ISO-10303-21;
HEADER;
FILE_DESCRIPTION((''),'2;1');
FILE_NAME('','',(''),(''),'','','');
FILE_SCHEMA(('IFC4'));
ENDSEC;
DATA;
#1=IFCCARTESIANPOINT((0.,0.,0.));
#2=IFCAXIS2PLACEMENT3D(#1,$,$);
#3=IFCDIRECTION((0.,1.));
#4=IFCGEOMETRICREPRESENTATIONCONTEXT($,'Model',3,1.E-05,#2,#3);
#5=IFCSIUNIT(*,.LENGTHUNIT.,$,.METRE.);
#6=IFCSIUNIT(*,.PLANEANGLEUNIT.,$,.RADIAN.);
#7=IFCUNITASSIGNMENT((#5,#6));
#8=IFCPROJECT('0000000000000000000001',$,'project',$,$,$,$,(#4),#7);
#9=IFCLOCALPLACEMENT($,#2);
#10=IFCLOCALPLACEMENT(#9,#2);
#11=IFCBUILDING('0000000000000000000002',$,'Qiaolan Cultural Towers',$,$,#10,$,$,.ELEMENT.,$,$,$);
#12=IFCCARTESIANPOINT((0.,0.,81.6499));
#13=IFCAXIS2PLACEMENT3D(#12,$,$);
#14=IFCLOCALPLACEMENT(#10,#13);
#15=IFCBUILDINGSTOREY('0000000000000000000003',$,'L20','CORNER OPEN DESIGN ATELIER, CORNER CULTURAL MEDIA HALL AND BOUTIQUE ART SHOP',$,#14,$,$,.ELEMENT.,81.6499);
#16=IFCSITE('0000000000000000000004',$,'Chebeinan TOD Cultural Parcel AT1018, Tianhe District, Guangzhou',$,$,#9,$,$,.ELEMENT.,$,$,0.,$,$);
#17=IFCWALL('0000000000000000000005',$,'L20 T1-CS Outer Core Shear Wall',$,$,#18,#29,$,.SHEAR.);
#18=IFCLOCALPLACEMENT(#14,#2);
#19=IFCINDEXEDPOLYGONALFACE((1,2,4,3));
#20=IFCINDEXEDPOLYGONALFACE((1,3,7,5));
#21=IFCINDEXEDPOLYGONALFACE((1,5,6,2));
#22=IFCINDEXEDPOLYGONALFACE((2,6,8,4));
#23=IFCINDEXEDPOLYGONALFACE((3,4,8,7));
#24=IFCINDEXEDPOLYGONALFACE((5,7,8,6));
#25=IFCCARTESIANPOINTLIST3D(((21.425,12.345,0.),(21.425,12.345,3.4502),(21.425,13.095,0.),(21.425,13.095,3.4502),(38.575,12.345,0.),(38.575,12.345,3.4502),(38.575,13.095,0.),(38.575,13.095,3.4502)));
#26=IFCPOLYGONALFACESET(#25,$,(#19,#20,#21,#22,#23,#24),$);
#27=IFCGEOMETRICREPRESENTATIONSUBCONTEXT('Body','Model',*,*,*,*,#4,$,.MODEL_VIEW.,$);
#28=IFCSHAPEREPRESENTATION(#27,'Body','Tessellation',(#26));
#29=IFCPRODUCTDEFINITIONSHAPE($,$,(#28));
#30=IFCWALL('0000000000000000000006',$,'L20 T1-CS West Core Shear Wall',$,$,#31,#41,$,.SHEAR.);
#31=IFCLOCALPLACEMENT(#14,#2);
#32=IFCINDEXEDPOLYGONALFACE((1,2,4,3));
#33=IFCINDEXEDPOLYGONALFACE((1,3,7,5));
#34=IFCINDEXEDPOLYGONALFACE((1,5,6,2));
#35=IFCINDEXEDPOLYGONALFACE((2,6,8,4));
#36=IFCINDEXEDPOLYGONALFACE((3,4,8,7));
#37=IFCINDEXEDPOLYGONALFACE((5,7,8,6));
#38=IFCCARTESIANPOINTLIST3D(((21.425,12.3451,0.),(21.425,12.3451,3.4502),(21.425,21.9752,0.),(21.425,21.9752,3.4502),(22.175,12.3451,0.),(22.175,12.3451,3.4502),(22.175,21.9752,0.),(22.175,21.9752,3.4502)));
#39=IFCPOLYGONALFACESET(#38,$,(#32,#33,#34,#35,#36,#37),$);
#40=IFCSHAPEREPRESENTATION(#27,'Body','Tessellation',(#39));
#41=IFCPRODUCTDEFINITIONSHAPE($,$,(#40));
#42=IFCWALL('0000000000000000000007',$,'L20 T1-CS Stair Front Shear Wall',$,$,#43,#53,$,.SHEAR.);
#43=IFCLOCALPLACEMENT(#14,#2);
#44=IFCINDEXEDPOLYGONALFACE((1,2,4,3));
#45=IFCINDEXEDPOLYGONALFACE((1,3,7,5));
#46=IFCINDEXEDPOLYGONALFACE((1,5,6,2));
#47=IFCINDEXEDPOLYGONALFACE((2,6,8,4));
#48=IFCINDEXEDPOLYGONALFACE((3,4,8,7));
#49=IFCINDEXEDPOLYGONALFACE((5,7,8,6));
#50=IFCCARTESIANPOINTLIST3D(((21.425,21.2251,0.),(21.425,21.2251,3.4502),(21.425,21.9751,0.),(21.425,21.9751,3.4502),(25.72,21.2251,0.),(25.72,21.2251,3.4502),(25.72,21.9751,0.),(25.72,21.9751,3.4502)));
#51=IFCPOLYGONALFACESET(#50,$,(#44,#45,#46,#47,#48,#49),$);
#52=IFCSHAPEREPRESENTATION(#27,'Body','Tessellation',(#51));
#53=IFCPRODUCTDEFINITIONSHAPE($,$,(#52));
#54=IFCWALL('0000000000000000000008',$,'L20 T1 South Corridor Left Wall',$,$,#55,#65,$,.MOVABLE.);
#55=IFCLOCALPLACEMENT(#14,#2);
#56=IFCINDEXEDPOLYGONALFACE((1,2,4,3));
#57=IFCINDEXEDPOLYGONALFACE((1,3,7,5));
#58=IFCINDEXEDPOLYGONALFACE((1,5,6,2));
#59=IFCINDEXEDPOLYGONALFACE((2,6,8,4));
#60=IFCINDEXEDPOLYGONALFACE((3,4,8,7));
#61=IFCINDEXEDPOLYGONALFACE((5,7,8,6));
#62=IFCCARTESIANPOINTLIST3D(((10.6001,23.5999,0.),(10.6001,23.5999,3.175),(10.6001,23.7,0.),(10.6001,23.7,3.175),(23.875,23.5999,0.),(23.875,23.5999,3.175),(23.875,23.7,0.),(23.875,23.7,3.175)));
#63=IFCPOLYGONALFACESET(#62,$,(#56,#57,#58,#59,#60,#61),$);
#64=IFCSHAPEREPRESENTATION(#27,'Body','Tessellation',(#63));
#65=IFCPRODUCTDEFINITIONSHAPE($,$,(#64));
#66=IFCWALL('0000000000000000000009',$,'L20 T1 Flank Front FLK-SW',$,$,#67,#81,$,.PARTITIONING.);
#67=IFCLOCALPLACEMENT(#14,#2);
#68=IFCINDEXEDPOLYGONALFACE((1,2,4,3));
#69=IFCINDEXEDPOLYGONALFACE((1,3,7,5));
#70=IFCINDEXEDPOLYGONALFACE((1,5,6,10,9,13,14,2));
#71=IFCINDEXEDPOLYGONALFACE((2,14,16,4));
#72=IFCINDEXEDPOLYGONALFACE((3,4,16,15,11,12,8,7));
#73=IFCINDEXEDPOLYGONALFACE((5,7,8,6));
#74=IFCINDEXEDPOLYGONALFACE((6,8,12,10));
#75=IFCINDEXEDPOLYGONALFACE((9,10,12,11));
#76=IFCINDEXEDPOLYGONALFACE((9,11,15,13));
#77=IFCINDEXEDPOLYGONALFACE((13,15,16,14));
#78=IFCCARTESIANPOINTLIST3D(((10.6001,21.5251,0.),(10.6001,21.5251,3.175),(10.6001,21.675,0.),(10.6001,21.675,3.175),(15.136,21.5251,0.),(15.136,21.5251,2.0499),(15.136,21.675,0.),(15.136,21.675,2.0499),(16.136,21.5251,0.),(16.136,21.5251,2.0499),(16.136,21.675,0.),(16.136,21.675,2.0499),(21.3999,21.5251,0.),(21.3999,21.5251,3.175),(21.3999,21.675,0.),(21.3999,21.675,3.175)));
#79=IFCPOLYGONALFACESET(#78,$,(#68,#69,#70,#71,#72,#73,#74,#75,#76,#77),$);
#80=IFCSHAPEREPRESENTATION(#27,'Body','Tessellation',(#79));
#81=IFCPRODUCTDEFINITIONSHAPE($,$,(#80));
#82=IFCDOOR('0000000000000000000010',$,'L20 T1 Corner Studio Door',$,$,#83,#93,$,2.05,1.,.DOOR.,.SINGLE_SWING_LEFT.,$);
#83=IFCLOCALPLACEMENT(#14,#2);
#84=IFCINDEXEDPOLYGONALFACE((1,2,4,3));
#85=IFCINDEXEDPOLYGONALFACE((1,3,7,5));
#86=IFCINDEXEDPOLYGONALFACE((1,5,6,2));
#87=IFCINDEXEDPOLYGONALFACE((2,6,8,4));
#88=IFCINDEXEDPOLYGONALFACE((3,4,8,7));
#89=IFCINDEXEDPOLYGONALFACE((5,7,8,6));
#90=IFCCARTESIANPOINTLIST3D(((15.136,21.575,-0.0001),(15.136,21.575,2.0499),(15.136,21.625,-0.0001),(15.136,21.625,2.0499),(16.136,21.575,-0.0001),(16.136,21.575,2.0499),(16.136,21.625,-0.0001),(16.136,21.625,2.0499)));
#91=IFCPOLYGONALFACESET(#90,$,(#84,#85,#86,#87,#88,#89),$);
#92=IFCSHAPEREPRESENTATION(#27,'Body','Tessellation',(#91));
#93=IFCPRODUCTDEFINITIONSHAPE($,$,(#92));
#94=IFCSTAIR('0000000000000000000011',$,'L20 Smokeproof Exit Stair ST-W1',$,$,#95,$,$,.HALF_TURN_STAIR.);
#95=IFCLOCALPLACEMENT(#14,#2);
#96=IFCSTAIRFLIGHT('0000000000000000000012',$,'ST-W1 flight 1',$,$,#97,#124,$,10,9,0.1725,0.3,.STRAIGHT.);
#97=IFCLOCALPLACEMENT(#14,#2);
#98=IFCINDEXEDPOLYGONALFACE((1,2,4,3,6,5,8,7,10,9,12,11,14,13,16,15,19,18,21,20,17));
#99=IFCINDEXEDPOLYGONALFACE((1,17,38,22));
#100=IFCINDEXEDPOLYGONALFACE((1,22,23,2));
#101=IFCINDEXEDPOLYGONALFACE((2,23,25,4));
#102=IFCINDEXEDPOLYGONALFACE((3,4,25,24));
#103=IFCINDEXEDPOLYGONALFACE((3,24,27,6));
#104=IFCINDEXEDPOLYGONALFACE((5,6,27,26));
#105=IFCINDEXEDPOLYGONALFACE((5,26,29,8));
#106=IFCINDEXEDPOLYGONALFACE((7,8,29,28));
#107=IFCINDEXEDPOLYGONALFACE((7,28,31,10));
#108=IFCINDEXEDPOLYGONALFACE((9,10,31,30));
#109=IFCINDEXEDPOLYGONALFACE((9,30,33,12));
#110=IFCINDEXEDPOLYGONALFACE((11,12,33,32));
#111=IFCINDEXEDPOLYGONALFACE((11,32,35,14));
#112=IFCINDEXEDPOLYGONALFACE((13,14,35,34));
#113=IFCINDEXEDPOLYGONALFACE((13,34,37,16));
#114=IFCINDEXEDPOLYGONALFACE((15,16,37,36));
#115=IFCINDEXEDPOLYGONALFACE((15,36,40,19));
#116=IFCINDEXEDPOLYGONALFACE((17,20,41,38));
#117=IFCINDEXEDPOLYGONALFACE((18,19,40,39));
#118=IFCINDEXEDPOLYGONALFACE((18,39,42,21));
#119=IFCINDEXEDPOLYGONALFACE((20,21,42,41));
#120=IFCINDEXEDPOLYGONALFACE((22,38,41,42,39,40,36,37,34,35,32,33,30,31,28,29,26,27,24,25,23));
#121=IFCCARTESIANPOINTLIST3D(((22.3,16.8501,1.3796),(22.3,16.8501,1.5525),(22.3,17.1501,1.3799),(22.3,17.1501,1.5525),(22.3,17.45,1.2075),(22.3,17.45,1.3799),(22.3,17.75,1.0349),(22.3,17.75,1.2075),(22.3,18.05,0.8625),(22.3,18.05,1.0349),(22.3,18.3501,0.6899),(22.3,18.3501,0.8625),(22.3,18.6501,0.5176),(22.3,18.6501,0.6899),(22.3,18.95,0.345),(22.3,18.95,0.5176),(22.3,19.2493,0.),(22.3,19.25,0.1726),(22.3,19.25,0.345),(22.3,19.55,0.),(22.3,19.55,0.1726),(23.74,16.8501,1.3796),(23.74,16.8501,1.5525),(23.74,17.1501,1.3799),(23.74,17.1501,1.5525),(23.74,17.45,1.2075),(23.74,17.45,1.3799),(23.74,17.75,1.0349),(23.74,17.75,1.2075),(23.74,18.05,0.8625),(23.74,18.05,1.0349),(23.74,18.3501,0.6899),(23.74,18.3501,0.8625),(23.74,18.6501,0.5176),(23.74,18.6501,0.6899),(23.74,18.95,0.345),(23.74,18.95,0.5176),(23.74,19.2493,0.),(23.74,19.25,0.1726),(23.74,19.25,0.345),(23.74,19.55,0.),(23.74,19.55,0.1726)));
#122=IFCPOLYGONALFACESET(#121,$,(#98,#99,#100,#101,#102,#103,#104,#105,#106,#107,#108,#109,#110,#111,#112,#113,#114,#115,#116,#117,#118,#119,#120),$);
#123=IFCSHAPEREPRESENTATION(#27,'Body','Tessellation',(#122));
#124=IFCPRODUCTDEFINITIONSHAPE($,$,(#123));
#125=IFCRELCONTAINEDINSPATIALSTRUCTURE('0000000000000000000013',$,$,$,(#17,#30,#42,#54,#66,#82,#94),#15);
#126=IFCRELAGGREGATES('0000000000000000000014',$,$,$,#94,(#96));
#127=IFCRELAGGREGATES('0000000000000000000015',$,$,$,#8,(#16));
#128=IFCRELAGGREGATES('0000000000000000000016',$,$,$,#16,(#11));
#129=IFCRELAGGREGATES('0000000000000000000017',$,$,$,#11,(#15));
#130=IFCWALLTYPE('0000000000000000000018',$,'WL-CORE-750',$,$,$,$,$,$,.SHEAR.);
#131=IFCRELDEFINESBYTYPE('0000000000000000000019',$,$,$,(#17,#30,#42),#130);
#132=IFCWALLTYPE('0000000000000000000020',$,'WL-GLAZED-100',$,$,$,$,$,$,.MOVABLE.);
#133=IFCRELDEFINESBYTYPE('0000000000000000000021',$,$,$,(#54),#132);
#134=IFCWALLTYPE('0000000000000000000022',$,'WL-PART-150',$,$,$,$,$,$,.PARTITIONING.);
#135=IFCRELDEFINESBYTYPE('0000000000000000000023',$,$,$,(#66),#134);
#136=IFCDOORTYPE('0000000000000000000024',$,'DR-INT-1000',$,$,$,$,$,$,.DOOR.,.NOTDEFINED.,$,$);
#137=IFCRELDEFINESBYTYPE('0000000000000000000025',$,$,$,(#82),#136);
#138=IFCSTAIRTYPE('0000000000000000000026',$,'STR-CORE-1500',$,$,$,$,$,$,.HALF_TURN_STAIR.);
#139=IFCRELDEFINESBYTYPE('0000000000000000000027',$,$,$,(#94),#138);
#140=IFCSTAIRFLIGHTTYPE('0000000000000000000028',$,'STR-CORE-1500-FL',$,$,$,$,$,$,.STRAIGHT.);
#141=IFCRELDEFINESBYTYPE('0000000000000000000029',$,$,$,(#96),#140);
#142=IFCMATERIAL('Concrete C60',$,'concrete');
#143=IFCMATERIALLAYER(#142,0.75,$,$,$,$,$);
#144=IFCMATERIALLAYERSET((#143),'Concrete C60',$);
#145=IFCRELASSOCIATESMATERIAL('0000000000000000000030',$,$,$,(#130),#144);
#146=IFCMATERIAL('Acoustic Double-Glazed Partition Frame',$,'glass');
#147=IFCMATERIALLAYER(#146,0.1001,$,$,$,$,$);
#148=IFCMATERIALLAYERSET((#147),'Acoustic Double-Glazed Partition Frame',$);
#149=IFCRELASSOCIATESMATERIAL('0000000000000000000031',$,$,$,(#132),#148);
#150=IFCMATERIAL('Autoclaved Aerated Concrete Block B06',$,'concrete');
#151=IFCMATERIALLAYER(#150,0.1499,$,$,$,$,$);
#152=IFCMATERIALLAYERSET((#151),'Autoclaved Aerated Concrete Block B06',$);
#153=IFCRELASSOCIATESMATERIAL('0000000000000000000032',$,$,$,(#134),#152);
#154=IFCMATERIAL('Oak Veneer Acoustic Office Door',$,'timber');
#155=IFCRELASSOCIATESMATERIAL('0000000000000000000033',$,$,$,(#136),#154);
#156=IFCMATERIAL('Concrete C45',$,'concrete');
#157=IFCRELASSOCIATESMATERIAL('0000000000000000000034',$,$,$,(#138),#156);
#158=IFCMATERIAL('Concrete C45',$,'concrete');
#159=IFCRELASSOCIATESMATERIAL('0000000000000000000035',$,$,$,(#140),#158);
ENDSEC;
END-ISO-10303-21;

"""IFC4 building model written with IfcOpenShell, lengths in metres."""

from ifc_helpers import new_model, si_unit, direction, frame, frame_2d, origin, place, context, subcontext, project, spatial, polyline, rectangle, outline, extrude, material, layer, layer_set, type_object, element, fill, aggregate, save


model = new_model("IFC4")

# Units and contexts
model_context = context("Model", 3, precision=1e-05, world=origin(), true_north=direction((0.0, 1.0)))
body_context = subcontext(model_context, "Body", "Model", "MODEL_VIEW")
ifc_project = project(units=[si_unit("LENGTHUNIT", "METRE"), si_unit("PLANEANGLEUNIT", "RADIAN")], contexts=[model_context])

# Site, building, storey
site_placement = place(None, origin())
site = spatial("IfcSite", under=ifc_project, at=site_placement, Name="Chebeinan TOD Cultural Parcel AT1018, Tianhe District, Guangzhou", CompositionType="ELEMENT", RefElevation=0.0)
building_placement = place(site_placement, origin())
building = spatial("IfcBuilding", under=site, at=building_placement, Name="Qiaolan Cultural Towers", CompositionType="ELEMENT")
storey_placement = place(building_placement, frame((0.0, 0.0, 81.6499)))
storey = spatial("IfcBuildingStorey", under=building, at=storey_placement, Name="L20", Description="CORNER OPEN DESIGN ATELIER, CORNER CULTURAL MEDIA HALL AND BOUTIQUE ART SHOP", CompositionType="ELEMENT", Elevation=81.6499)

# Walls
ifc_material_1 = material(Name="Concrete C60", Category="concrete")
ifc_layer_1 = layer(ifc_material_1, 0.75)
ifc_layer_set_1 = layer_set([ifc_layer_1], Name="Concrete C60")
wall_type_1 = type_object("IfcWallType", Name="WL-CORE-750", PredefinedType="SHEAR", material=ifc_layer_set_1)
wall_1_placement = place(storey_placement, frame((21.425, 12.72, 0.0), z_axis=(0.0, 0.0, 1.0), x_axis=(1.0, 0.0, 0.0)))
element("IfcWall", 1, at=wall_1_placement, inside=storey, type_object=wall_type_1, Name="L20 T1-CS Outer Core Shear Wall", PredefinedType="SHEAR", context=body_context, shape_type="SweptSolid", body=[
    extrude(rectangle(XDim=17.1499, YDim=0.75, at=frame_2d((8.575, 0.0))), origin(), (0.0, 0.0, 1.0), 3.4502),
])
wall_2_placement = place(storey_placement, frame((21.8, 21.9751, 0.0), z_axis=(0.0, 0.0, 1.0), x_axis=(0.0, -1.0, 0.0)))
element("IfcWall", 2, at=wall_2_placement, inside=storey, type_object=wall_type_1, Name="L20 T1-CS West Core Shear Wall", PredefinedType="SHEAR", context=body_context, shape_type="SweptSolid", body=[
    extrude(rectangle(XDim=9.6301, YDim=0.75, at=frame_2d((4.8149, 0.0))), origin(), (0.0, 0.0, 1.0), 3.4502),
])
wall_3_placement = place(storey_placement, frame((21.425, 21.6001, 0.0), z_axis=(0.0, 0.0, 1.0), x_axis=(1.0, 0.0, 0.0)))
element("IfcWall", 3, at=wall_3_placement, inside=storey, type_object=wall_type_1, Name="L20 T1-CS Stair Front Shear Wall", PredefinedType="SHEAR", context=body_context, shape_type="SweptSolid", body=[
    extrude(rectangle(XDim=4.2949, YDim=0.75, at=frame_2d((2.1475, 0.0))), origin(), (0.0, 0.0, 1.0), 3.4502),
])
ifc_material_2 = material(Name="Acoustic Double-Glazed Partition Frame", Category="glass")
ifc_layer_2 = layer(ifc_material_2, 0.1001)
ifc_layer_set_2 = layer_set([ifc_layer_2], Name="Acoustic Double-Glazed Partition Frame")
wall_type_2 = type_object("IfcWallType", Name="WL-GLAZED-100", PredefinedType="MOVABLE", material=ifc_layer_set_2)
wall_4_placement = place(storey_placement, frame((10.6001, 23.6499, 0.0), z_axis=(0.0, 0.0, 1.0), x_axis=(1.0, 0.0, 0.0)))
element("IfcWall", 4, at=wall_4_placement, inside=storey, type_object=wall_type_2, Name="L20 T1 South Corridor Left Wall", PredefinedType="MOVABLE", context=body_context, shape_type="SweptSolid", body=[
    extrude(rectangle(XDim=13.2749, YDim=0.1001, at=frame_2d((6.6375, 0.0))), origin(), (0.0, 0.0, 1.0), 3.175),
])

# Wall, opening, door
ifc_material_3 = material(Name="Autoclaved Aerated Concrete Block B06", Category="concrete")
ifc_layer_3 = layer(ifc_material_3, 0.1499)
ifc_layer_set_3 = layer_set([ifc_layer_3], Name="Autoclaved Aerated Concrete Block B06")
wall_type_3 = type_object("IfcWallType", Name="WL-PART-150", PredefinedType="PARTITIONING", material=ifc_layer_set_3)
wall_5_placement = place(storey_placement, frame((10.6001, 21.6001, 0.0), z_axis=(0.0, 0.0, 1.0), x_axis=(1.0, 0.0, 0.0)))
wall_5 = element("IfcWall", 5, at=wall_5_placement, inside=storey, type_object=wall_type_3, Name="L20 T1 Flank Front FLK-SW", PredefinedType="PARTITIONING", context=body_context, shape_type="SweptSolid", body=[
    extrude(rectangle(XDim=10.7998, YDim=0.1499, at=frame_2d((5.3999, 0.0))), origin(), (0.0, 0.0, 1.0), 3.175),
])
opening_placement = place(wall_5_placement, frame((4.5359, 0.0, 0.0)))
opening = element("IfcOpeningElement", 6, at=opening_placement, cuts=wall_5, PredefinedType="OPENING", context=body_context, shape_type="SweptSolid", body=[
    extrude(rectangle(XDim=1.0, YDim=2.05, at=frame_2d((0.5, 1.0249))), frame((0.0, 0.085, 0.0), z_axis=(0.0, -1.0, 0.0), x_axis=(1.0, 0.0, 0.0)), (0.0, 0.0, 1.0), 0.1699),
])
ifc_material_4 = material(Name="Oak Veneer Acoustic Office Door", Category="timber")
door_type = type_object("IfcDoorType", Name="DR-INT-1000", OperationType="NOTDEFINED", PredefinedType="DOOR", material=ifc_material_4)
door_placement = place(opening_placement, origin())
door = element("IfcDoor", 7, at=door_placement, inside=storey, type_object=door_type, Name="L20 T1 Corner Studio Door", OperationType="SINGLE_SWING_LEFT", OverallHeight=2.05, OverallWidth=1.0, PredefinedType="DOOR", context=body_context, shape_type="SweptSolid", body=[
    extrude(rectangle(XDim=1.0, YDim=2.05, at=frame_2d((0.5, 1.0249))), frame((0.0, 0.0249, 0.0), z_axis=(0.0, -1.0, 0.0), x_axis=(1.0, 0.0, 0.0)), (0.0, 0.0, 1.0), 0.05),
])
fill(opening, door)

# Stair, stair flight
ifc_material_5 = material(Name="Concrete C45", Category="concrete")
stair_type = type_object("IfcStairType", Name="STR-CORE-1500", PredefinedType="HALF_TURN_STAIR", material=ifc_material_5)
stair_placement = place(storey_placement, origin())
stair = element("IfcStair", 8, at=stair_placement, inside=storey, type_object=stair_type, Name="L20 Smokeproof Exit Stair ST-W1", PredefinedType="HALF_TURN_STAIR")
ifc_material_6 = material(Name="Concrete C45", Category="concrete")
stair_flight_type = type_object("IfcStairFlightType", Name="STR-CORE-1500-FL", PredefinedType="STRAIGHT", material=ifc_material_6)
stair_flight_placement = place(storey_placement, frame((23.02, 19.55, 0.0), z_axis=(0.0, 0.0, 1.0), x_axis=(0.0, -1.0, 0.0)))
stair_flight = element("IfcStairFlight", 9, at=stair_flight_placement, type_object=stair_flight_type, Name="ST-W1 flight 1", NumberOfRisers=10, NumberOfTreads=9, PredefinedType="STRAIGHT", RiserHeight=0.1725, TreadLength=0.3, context=body_context, shape_type="SweptSolid", body=[
    extrude(outline(polyline([(0.0, 0.0), (0.0, 0.1726), (0.3, 0.1726), (0.3, 0.345), (0.6001, 0.345), (0.6001, 0.5176), (0.8999, 0.5176), (0.8999, 0.6899), (1.2, 0.6899), (1.2, 0.8625), (1.5, 0.8625), (1.5, 1.0349), (1.8, 1.0349), (1.8, 1.2075), (2.1001, 1.2075), (2.1001, 1.3799), (2.3999, 1.3799), (2.3999, 1.5525), (2.7, 1.5525), (2.7, 1.7251), (2.7, 1.3796), (0.3008, 0.0), (0.0, 0.0)])), frame((0.0, 0.72, 0.0), z_axis=(0.0, -1.0, 0.0), x_axis=(1.0, 0.0, 0.0)), (0.0, 0.0, 1.0), 1.4399),
])
aggregate(stair, [stair_flight])

save(model, "model.ifc")
